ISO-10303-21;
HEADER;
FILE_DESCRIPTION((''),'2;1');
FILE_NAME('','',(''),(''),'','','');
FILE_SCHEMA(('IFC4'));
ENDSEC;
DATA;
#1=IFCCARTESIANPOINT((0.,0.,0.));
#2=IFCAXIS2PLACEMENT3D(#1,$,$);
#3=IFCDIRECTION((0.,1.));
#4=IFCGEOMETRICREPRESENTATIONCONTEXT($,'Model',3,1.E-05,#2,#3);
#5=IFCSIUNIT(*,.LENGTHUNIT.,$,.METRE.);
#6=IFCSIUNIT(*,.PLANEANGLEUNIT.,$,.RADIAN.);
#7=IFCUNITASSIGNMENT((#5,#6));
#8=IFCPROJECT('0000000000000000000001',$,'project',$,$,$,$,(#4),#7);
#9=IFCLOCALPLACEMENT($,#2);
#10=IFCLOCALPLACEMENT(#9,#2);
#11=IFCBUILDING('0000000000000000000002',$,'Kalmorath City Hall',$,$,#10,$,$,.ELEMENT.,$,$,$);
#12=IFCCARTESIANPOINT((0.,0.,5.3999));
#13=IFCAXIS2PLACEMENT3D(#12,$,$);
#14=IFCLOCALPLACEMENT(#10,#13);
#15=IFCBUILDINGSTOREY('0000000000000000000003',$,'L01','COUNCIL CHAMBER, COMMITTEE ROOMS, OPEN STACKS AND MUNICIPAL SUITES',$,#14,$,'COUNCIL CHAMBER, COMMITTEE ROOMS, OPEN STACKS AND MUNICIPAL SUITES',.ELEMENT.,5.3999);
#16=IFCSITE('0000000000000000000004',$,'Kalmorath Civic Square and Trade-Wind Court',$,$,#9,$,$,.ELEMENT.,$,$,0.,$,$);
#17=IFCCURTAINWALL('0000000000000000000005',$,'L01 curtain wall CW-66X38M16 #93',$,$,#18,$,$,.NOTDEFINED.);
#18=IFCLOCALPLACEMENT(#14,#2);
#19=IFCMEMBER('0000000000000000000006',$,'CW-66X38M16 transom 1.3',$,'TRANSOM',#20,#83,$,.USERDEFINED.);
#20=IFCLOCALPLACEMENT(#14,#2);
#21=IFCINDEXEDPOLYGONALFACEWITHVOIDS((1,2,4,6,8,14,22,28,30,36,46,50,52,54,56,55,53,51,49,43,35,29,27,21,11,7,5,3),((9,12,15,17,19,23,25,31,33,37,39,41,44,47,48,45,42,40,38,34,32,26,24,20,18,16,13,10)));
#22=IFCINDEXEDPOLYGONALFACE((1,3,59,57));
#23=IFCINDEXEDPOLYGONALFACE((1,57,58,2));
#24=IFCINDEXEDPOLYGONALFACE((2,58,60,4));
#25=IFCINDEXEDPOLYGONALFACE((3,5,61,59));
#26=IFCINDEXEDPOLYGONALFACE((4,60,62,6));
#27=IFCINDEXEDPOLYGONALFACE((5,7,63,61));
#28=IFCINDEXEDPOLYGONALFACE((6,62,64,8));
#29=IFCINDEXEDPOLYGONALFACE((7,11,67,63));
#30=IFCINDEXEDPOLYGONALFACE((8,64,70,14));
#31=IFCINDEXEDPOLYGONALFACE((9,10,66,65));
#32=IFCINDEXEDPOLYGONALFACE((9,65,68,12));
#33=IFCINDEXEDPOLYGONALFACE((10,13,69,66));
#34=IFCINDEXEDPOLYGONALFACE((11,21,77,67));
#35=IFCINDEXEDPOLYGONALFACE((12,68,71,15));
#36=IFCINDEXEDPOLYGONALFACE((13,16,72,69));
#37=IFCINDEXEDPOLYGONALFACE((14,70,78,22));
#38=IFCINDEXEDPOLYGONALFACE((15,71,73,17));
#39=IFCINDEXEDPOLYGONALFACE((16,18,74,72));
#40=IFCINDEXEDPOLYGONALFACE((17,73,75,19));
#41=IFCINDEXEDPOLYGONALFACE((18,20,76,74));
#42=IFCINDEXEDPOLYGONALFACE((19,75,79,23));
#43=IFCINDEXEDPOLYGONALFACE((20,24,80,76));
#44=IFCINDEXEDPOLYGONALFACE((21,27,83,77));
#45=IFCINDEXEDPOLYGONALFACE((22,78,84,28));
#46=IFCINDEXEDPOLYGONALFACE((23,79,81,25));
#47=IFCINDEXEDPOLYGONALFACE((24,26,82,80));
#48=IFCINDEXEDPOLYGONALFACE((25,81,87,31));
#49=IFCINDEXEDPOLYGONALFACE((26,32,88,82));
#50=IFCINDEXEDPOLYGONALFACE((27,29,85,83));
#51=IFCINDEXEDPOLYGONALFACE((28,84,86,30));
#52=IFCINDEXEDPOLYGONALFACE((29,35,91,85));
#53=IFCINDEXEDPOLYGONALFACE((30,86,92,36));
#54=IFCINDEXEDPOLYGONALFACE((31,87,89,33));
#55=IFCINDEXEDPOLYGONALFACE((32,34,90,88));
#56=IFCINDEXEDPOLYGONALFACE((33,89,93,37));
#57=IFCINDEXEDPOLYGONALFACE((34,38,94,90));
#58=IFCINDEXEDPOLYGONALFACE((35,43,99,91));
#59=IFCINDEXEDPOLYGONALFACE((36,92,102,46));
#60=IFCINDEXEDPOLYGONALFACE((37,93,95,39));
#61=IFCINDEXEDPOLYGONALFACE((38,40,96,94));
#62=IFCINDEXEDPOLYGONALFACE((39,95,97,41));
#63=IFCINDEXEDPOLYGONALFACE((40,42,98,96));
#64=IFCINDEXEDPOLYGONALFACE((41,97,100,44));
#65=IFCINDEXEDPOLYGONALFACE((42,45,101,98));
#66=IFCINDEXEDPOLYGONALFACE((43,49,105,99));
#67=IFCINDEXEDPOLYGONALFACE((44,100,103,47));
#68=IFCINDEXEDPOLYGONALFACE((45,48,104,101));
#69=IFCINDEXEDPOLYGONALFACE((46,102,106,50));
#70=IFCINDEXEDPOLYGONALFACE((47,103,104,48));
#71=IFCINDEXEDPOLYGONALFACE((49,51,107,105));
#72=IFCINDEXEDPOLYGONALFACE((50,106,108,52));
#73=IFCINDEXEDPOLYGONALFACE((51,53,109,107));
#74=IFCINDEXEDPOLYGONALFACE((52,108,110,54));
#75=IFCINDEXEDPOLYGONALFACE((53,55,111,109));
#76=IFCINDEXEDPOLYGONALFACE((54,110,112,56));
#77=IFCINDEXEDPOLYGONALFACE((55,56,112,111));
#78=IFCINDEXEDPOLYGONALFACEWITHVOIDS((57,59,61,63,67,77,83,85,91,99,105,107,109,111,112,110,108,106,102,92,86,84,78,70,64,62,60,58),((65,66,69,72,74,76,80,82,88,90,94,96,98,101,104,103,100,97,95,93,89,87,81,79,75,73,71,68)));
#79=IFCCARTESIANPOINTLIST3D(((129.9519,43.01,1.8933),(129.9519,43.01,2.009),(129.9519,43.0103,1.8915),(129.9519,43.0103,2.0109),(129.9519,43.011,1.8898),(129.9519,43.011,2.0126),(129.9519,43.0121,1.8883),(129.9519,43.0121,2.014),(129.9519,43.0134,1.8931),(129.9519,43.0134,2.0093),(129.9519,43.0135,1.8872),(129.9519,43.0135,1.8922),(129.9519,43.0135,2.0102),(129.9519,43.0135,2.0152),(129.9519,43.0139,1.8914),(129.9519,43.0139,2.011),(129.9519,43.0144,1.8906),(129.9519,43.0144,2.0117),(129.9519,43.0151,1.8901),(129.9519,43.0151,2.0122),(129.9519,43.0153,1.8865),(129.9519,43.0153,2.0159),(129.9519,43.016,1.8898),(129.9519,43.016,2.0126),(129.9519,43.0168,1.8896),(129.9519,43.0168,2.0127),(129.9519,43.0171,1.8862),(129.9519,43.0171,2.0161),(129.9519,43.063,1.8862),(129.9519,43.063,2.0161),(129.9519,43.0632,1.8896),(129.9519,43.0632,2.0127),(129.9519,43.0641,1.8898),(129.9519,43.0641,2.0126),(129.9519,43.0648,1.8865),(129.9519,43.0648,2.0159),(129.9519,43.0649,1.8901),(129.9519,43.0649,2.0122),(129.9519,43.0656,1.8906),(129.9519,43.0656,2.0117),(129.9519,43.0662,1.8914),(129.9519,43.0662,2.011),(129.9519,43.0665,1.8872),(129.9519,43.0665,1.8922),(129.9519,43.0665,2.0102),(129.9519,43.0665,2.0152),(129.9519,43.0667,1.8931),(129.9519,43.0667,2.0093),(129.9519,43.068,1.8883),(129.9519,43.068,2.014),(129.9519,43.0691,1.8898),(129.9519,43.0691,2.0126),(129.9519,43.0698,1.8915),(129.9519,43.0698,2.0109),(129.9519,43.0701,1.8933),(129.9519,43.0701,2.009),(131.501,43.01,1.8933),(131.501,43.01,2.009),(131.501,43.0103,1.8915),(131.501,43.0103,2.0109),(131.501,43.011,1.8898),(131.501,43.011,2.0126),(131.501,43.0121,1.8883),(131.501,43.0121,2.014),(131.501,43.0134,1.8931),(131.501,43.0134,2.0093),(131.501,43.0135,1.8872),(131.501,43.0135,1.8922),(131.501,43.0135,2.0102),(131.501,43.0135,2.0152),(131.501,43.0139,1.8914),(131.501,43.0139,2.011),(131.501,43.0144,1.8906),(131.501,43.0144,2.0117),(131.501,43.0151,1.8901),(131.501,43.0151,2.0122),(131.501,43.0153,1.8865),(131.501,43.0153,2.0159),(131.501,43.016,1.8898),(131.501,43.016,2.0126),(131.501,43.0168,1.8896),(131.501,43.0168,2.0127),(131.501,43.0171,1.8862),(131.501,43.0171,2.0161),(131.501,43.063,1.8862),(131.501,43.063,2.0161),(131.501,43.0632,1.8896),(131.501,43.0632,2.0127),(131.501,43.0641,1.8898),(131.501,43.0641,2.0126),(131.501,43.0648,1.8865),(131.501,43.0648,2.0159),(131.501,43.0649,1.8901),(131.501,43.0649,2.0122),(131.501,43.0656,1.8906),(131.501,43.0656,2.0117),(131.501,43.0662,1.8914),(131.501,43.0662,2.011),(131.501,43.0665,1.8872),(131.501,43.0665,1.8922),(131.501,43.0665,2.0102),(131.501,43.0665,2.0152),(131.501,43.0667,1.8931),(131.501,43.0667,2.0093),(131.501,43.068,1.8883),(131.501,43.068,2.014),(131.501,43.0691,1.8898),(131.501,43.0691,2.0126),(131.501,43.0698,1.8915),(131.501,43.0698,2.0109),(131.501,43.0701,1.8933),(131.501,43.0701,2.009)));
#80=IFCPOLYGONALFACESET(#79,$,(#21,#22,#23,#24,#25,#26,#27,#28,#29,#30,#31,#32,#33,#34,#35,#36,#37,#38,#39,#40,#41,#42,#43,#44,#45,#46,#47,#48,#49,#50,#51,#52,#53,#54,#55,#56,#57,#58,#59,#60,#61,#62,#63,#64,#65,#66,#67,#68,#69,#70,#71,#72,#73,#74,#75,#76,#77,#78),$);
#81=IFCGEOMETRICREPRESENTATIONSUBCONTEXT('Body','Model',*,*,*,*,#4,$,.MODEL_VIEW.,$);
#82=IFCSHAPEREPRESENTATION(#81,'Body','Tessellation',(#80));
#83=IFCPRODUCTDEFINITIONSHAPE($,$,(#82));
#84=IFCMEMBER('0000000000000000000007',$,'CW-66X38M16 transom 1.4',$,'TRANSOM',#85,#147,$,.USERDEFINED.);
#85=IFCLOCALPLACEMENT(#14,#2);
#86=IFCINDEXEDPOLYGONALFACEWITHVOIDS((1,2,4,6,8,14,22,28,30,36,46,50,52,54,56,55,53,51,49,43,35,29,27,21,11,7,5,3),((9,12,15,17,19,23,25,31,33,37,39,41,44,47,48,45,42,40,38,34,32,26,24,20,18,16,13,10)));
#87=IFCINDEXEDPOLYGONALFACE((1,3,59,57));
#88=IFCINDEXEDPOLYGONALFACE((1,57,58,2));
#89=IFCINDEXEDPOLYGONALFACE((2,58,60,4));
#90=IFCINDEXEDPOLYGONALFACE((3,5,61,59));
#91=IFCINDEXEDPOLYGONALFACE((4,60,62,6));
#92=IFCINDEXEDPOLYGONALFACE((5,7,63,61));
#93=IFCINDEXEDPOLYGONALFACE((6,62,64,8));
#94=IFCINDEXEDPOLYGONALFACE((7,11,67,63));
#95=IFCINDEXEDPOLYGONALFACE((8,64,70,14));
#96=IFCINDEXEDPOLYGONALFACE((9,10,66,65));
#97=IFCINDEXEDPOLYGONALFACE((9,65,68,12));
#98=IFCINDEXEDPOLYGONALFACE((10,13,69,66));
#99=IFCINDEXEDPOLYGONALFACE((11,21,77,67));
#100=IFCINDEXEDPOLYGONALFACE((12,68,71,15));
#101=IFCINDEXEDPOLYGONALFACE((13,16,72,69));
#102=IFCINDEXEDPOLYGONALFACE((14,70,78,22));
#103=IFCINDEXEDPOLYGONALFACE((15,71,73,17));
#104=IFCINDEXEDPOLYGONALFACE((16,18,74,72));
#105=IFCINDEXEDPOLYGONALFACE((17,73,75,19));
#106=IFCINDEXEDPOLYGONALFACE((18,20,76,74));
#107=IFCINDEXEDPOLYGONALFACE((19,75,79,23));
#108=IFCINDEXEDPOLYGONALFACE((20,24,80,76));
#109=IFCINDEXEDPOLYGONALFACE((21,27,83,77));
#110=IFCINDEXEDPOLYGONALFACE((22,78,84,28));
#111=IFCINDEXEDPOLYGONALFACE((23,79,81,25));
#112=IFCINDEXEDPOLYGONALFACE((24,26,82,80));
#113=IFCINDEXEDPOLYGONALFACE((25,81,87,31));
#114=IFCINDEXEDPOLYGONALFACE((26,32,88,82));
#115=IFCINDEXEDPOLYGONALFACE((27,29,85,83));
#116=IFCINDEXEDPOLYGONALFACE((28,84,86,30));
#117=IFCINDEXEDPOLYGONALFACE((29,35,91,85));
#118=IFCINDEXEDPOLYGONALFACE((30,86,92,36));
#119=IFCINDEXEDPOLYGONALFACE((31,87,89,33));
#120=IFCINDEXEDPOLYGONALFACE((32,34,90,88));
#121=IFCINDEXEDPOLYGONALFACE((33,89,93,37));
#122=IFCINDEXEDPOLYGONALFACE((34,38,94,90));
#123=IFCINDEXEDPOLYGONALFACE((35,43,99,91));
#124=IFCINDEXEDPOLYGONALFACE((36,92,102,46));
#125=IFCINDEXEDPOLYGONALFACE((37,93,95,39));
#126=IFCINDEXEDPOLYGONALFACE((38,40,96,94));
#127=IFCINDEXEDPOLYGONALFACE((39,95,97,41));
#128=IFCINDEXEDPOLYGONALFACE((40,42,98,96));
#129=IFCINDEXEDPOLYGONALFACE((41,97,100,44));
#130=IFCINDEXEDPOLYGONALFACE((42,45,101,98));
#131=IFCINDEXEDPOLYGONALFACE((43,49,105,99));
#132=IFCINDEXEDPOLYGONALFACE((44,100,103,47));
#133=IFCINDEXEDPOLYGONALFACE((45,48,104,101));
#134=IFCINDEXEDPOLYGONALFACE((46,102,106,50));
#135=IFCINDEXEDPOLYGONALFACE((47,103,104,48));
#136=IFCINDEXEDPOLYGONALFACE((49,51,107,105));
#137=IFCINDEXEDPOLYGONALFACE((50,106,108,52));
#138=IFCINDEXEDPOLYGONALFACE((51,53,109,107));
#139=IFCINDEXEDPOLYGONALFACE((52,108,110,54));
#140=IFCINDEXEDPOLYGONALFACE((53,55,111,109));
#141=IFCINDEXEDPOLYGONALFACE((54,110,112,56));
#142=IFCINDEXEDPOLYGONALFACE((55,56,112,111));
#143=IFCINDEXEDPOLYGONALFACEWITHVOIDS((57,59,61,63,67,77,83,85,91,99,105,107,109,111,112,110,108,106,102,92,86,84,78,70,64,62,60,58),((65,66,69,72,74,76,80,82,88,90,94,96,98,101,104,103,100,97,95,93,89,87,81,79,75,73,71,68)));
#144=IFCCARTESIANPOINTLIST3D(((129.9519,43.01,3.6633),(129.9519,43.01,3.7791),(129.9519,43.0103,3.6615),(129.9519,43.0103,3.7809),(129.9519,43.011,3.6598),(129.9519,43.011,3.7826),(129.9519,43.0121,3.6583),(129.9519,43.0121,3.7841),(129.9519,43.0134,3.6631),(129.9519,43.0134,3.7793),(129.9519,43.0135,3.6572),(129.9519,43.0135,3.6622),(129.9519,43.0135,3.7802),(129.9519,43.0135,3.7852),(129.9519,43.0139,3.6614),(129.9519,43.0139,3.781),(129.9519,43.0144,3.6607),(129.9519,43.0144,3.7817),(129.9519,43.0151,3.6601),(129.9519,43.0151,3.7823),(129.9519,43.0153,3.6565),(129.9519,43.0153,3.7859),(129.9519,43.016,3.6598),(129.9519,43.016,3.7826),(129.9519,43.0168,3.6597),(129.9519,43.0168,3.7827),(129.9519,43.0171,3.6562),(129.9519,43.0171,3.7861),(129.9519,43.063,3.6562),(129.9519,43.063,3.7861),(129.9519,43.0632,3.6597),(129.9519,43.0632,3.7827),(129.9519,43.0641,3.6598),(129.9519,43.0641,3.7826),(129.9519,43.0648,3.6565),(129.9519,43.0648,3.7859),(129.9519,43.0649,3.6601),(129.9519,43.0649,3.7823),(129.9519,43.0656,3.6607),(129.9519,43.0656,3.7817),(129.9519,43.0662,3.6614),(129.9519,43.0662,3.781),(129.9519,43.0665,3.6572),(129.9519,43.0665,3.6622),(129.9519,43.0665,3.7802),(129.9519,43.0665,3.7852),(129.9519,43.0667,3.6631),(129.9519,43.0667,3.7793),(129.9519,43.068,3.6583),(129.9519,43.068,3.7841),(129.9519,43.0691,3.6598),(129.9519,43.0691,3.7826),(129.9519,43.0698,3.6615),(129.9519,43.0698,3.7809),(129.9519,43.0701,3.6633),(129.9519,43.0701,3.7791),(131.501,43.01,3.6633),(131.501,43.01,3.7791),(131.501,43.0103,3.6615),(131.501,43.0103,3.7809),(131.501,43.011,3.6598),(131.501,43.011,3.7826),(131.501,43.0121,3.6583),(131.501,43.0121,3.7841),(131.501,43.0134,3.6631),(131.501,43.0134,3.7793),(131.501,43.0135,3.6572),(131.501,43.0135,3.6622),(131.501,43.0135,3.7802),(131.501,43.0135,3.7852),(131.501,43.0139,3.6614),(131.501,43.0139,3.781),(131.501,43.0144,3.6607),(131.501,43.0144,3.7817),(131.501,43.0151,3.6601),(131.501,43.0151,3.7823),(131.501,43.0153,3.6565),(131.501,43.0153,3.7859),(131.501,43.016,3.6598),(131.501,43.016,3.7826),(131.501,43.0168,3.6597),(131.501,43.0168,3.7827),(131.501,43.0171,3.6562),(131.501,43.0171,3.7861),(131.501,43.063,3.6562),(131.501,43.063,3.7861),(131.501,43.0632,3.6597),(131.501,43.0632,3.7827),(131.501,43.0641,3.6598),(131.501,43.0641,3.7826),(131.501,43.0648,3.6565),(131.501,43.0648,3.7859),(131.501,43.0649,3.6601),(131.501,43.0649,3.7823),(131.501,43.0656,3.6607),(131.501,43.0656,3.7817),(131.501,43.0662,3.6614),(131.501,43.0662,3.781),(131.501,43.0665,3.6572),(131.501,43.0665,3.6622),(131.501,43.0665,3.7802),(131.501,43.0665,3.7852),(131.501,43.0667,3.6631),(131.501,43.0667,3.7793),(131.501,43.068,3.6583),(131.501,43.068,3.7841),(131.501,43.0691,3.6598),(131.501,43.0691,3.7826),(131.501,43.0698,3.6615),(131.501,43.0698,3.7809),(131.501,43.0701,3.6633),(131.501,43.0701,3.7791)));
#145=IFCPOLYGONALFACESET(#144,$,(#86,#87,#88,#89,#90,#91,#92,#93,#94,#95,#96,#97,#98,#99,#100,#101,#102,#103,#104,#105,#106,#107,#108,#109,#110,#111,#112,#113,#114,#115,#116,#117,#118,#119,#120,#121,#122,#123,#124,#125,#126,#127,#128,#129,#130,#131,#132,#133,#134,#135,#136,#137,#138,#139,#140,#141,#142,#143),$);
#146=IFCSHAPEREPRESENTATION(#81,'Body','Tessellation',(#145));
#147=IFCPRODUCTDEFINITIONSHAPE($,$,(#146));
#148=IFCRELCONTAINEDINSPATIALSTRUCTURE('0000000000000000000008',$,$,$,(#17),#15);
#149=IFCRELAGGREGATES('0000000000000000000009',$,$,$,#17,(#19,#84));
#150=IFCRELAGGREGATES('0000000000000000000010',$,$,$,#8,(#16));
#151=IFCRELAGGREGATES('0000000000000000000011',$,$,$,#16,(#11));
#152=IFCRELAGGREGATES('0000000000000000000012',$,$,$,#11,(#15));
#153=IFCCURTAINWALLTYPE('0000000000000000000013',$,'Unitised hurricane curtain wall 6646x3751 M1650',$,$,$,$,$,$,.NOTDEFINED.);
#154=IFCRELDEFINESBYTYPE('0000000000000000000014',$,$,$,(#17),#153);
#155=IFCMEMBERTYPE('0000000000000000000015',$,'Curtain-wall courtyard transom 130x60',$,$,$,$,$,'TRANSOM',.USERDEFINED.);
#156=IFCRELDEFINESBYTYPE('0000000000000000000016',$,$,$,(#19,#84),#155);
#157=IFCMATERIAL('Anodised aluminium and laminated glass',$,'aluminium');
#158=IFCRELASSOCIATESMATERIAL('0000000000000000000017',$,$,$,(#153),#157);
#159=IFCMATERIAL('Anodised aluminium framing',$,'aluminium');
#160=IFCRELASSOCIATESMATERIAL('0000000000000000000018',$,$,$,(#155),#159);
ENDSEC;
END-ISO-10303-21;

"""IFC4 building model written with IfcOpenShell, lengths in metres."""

from ifc_helpers import new_model, si_unit, direction, frame, origin, origin_2d, place, context, subcontext, project, spatial, hollow_rectangle, extrude, material, material_profile, profile_set, type_object, element, aggregate, save


model = new_model("IFC4")

# Units and contexts
model_context = context("Model", 3, precision=1e-05, world=origin(), true_north=direction((0.0, 1.0)))
body_context = subcontext(model_context, "Body", "Model", "MODEL_VIEW")
ifc_project = project(units=[si_unit("LENGTHUNIT", "METRE"), si_unit("PLANEANGLEUNIT", "RADIAN")], contexts=[model_context])

# Site, building, storey
site_placement = place(None, origin())
site = spatial("IfcSite", under=ifc_project, at=site_placement, Name="Kalmorath Civic Square and Trade-Wind Court", CompositionType="ELEMENT", RefElevation=0.0)
building_placement = place(site_placement, origin())
building = spatial("IfcBuilding", under=site, at=building_placement, Name="Kalmorath City Hall", CompositionType="ELEMENT")
storey_placement = place(building_placement, frame((0.0, 0.0, 5.3999)))
storey = spatial("IfcBuildingStorey", under=building, at=storey_placement, Name="L01", Description="COUNCIL CHAMBER, COMMITTEE ROOMS, OPEN STACKS AND MUNICIPAL SUITES", LongName="COUNCIL CHAMBER, COMMITTEE ROOMS, OPEN STACKS AND MUNICIPAL SUITES", CompositionType="ELEMENT", Elevation=5.3999)

# Curtain wall, members
ifc_material_1 = material(Name="Anodised aluminium and laminated glass", Category="aluminium")
curtain_wall_type = type_object("IfcCurtainWallType", Name="Unitised hurricane curtain wall 6646x3751 M1650", PredefinedType="NOTDEFINED", material=ifc_material_1)
curtain_wall_placement = place(storey_placement, origin())
curtain_wall = element("IfcCurtainWall", 1, at=curtain_wall_placement, inside=storey, type_object=curtain_wall_type, Name="L01 curtain wall CW-66X38M16 #93", PredefinedType="NOTDEFINED")
ifc_material_2 = material(Name="Anodised aluminium framing", Category="aluminium")
ifc_material_profile_1 = material_profile(ifc_material_2, hollow_rectangle(XDim=0.0601, YDim=0.1299, WallThickness=0.0034, InnerFilletRadius=0.0034, OuterFilletRadius=0.0071, at=origin_2d()), Name="ALU-TRN-130X60X3.5")
ifc_profile_set_1 = profile_set([ifc_material_profile_1], Name="Anodised aluminium framing")
member_type_1 = type_object("IfcMemberType", Name="Curtain-wall courtyard transom 130x60", ElementType="TRANSOM", PredefinedType="USERDEFINED", material=ifc_profile_set_1)
member_1_placement = place(storey_placement, frame((129.9519, 43.04, 1.9512), z_axis=(1.0, 0.0, 0.0), x_axis=(0.0, 1.0, 0.0)))
member_1 = element("IfcMember", 2, at=member_1_placement, type_object=member_type_1, Name="CW-66X38M16 transom 1.3", ObjectType="TRANSOM", PredefinedType="USERDEFINED", context=body_context, shape_type="SweptSolid", body=[
    extrude(hollow_rectangle(XDim=0.0601, YDim=0.1299, WallThickness=0.0034, InnerFilletRadius=0.0034, OuterFilletRadius=0.0071, at=origin_2d()), origin(), (0.0, 0.0, 1.0), 1.5491),
])
member_2_placement = place(storey_placement, frame((129.9519, 43.04, 3.7212), z_axis=(1.0, 0.0, 0.0), x_axis=(0.0, 1.0, 0.0)))
member_2 = element("IfcMember", 3, at=member_2_placement, type_object=member_type_1, Name="CW-66X38M16 transom 1.4", ObjectType="TRANSOM", PredefinedType="USERDEFINED", context=body_context, shape_type="SweptSolid", body=[
    extrude(hollow_rectangle(XDim=0.0601, YDim=0.1299, WallThickness=0.0034, InnerFilletRadius=0.0034, OuterFilletRadius=0.0071, at=origin_2d()), origin(), (0.0, 0.0, 1.0), 1.5491),
])

aggregate(curtain_wall, [member_1, member_2])

save(model, "model.ifc")
